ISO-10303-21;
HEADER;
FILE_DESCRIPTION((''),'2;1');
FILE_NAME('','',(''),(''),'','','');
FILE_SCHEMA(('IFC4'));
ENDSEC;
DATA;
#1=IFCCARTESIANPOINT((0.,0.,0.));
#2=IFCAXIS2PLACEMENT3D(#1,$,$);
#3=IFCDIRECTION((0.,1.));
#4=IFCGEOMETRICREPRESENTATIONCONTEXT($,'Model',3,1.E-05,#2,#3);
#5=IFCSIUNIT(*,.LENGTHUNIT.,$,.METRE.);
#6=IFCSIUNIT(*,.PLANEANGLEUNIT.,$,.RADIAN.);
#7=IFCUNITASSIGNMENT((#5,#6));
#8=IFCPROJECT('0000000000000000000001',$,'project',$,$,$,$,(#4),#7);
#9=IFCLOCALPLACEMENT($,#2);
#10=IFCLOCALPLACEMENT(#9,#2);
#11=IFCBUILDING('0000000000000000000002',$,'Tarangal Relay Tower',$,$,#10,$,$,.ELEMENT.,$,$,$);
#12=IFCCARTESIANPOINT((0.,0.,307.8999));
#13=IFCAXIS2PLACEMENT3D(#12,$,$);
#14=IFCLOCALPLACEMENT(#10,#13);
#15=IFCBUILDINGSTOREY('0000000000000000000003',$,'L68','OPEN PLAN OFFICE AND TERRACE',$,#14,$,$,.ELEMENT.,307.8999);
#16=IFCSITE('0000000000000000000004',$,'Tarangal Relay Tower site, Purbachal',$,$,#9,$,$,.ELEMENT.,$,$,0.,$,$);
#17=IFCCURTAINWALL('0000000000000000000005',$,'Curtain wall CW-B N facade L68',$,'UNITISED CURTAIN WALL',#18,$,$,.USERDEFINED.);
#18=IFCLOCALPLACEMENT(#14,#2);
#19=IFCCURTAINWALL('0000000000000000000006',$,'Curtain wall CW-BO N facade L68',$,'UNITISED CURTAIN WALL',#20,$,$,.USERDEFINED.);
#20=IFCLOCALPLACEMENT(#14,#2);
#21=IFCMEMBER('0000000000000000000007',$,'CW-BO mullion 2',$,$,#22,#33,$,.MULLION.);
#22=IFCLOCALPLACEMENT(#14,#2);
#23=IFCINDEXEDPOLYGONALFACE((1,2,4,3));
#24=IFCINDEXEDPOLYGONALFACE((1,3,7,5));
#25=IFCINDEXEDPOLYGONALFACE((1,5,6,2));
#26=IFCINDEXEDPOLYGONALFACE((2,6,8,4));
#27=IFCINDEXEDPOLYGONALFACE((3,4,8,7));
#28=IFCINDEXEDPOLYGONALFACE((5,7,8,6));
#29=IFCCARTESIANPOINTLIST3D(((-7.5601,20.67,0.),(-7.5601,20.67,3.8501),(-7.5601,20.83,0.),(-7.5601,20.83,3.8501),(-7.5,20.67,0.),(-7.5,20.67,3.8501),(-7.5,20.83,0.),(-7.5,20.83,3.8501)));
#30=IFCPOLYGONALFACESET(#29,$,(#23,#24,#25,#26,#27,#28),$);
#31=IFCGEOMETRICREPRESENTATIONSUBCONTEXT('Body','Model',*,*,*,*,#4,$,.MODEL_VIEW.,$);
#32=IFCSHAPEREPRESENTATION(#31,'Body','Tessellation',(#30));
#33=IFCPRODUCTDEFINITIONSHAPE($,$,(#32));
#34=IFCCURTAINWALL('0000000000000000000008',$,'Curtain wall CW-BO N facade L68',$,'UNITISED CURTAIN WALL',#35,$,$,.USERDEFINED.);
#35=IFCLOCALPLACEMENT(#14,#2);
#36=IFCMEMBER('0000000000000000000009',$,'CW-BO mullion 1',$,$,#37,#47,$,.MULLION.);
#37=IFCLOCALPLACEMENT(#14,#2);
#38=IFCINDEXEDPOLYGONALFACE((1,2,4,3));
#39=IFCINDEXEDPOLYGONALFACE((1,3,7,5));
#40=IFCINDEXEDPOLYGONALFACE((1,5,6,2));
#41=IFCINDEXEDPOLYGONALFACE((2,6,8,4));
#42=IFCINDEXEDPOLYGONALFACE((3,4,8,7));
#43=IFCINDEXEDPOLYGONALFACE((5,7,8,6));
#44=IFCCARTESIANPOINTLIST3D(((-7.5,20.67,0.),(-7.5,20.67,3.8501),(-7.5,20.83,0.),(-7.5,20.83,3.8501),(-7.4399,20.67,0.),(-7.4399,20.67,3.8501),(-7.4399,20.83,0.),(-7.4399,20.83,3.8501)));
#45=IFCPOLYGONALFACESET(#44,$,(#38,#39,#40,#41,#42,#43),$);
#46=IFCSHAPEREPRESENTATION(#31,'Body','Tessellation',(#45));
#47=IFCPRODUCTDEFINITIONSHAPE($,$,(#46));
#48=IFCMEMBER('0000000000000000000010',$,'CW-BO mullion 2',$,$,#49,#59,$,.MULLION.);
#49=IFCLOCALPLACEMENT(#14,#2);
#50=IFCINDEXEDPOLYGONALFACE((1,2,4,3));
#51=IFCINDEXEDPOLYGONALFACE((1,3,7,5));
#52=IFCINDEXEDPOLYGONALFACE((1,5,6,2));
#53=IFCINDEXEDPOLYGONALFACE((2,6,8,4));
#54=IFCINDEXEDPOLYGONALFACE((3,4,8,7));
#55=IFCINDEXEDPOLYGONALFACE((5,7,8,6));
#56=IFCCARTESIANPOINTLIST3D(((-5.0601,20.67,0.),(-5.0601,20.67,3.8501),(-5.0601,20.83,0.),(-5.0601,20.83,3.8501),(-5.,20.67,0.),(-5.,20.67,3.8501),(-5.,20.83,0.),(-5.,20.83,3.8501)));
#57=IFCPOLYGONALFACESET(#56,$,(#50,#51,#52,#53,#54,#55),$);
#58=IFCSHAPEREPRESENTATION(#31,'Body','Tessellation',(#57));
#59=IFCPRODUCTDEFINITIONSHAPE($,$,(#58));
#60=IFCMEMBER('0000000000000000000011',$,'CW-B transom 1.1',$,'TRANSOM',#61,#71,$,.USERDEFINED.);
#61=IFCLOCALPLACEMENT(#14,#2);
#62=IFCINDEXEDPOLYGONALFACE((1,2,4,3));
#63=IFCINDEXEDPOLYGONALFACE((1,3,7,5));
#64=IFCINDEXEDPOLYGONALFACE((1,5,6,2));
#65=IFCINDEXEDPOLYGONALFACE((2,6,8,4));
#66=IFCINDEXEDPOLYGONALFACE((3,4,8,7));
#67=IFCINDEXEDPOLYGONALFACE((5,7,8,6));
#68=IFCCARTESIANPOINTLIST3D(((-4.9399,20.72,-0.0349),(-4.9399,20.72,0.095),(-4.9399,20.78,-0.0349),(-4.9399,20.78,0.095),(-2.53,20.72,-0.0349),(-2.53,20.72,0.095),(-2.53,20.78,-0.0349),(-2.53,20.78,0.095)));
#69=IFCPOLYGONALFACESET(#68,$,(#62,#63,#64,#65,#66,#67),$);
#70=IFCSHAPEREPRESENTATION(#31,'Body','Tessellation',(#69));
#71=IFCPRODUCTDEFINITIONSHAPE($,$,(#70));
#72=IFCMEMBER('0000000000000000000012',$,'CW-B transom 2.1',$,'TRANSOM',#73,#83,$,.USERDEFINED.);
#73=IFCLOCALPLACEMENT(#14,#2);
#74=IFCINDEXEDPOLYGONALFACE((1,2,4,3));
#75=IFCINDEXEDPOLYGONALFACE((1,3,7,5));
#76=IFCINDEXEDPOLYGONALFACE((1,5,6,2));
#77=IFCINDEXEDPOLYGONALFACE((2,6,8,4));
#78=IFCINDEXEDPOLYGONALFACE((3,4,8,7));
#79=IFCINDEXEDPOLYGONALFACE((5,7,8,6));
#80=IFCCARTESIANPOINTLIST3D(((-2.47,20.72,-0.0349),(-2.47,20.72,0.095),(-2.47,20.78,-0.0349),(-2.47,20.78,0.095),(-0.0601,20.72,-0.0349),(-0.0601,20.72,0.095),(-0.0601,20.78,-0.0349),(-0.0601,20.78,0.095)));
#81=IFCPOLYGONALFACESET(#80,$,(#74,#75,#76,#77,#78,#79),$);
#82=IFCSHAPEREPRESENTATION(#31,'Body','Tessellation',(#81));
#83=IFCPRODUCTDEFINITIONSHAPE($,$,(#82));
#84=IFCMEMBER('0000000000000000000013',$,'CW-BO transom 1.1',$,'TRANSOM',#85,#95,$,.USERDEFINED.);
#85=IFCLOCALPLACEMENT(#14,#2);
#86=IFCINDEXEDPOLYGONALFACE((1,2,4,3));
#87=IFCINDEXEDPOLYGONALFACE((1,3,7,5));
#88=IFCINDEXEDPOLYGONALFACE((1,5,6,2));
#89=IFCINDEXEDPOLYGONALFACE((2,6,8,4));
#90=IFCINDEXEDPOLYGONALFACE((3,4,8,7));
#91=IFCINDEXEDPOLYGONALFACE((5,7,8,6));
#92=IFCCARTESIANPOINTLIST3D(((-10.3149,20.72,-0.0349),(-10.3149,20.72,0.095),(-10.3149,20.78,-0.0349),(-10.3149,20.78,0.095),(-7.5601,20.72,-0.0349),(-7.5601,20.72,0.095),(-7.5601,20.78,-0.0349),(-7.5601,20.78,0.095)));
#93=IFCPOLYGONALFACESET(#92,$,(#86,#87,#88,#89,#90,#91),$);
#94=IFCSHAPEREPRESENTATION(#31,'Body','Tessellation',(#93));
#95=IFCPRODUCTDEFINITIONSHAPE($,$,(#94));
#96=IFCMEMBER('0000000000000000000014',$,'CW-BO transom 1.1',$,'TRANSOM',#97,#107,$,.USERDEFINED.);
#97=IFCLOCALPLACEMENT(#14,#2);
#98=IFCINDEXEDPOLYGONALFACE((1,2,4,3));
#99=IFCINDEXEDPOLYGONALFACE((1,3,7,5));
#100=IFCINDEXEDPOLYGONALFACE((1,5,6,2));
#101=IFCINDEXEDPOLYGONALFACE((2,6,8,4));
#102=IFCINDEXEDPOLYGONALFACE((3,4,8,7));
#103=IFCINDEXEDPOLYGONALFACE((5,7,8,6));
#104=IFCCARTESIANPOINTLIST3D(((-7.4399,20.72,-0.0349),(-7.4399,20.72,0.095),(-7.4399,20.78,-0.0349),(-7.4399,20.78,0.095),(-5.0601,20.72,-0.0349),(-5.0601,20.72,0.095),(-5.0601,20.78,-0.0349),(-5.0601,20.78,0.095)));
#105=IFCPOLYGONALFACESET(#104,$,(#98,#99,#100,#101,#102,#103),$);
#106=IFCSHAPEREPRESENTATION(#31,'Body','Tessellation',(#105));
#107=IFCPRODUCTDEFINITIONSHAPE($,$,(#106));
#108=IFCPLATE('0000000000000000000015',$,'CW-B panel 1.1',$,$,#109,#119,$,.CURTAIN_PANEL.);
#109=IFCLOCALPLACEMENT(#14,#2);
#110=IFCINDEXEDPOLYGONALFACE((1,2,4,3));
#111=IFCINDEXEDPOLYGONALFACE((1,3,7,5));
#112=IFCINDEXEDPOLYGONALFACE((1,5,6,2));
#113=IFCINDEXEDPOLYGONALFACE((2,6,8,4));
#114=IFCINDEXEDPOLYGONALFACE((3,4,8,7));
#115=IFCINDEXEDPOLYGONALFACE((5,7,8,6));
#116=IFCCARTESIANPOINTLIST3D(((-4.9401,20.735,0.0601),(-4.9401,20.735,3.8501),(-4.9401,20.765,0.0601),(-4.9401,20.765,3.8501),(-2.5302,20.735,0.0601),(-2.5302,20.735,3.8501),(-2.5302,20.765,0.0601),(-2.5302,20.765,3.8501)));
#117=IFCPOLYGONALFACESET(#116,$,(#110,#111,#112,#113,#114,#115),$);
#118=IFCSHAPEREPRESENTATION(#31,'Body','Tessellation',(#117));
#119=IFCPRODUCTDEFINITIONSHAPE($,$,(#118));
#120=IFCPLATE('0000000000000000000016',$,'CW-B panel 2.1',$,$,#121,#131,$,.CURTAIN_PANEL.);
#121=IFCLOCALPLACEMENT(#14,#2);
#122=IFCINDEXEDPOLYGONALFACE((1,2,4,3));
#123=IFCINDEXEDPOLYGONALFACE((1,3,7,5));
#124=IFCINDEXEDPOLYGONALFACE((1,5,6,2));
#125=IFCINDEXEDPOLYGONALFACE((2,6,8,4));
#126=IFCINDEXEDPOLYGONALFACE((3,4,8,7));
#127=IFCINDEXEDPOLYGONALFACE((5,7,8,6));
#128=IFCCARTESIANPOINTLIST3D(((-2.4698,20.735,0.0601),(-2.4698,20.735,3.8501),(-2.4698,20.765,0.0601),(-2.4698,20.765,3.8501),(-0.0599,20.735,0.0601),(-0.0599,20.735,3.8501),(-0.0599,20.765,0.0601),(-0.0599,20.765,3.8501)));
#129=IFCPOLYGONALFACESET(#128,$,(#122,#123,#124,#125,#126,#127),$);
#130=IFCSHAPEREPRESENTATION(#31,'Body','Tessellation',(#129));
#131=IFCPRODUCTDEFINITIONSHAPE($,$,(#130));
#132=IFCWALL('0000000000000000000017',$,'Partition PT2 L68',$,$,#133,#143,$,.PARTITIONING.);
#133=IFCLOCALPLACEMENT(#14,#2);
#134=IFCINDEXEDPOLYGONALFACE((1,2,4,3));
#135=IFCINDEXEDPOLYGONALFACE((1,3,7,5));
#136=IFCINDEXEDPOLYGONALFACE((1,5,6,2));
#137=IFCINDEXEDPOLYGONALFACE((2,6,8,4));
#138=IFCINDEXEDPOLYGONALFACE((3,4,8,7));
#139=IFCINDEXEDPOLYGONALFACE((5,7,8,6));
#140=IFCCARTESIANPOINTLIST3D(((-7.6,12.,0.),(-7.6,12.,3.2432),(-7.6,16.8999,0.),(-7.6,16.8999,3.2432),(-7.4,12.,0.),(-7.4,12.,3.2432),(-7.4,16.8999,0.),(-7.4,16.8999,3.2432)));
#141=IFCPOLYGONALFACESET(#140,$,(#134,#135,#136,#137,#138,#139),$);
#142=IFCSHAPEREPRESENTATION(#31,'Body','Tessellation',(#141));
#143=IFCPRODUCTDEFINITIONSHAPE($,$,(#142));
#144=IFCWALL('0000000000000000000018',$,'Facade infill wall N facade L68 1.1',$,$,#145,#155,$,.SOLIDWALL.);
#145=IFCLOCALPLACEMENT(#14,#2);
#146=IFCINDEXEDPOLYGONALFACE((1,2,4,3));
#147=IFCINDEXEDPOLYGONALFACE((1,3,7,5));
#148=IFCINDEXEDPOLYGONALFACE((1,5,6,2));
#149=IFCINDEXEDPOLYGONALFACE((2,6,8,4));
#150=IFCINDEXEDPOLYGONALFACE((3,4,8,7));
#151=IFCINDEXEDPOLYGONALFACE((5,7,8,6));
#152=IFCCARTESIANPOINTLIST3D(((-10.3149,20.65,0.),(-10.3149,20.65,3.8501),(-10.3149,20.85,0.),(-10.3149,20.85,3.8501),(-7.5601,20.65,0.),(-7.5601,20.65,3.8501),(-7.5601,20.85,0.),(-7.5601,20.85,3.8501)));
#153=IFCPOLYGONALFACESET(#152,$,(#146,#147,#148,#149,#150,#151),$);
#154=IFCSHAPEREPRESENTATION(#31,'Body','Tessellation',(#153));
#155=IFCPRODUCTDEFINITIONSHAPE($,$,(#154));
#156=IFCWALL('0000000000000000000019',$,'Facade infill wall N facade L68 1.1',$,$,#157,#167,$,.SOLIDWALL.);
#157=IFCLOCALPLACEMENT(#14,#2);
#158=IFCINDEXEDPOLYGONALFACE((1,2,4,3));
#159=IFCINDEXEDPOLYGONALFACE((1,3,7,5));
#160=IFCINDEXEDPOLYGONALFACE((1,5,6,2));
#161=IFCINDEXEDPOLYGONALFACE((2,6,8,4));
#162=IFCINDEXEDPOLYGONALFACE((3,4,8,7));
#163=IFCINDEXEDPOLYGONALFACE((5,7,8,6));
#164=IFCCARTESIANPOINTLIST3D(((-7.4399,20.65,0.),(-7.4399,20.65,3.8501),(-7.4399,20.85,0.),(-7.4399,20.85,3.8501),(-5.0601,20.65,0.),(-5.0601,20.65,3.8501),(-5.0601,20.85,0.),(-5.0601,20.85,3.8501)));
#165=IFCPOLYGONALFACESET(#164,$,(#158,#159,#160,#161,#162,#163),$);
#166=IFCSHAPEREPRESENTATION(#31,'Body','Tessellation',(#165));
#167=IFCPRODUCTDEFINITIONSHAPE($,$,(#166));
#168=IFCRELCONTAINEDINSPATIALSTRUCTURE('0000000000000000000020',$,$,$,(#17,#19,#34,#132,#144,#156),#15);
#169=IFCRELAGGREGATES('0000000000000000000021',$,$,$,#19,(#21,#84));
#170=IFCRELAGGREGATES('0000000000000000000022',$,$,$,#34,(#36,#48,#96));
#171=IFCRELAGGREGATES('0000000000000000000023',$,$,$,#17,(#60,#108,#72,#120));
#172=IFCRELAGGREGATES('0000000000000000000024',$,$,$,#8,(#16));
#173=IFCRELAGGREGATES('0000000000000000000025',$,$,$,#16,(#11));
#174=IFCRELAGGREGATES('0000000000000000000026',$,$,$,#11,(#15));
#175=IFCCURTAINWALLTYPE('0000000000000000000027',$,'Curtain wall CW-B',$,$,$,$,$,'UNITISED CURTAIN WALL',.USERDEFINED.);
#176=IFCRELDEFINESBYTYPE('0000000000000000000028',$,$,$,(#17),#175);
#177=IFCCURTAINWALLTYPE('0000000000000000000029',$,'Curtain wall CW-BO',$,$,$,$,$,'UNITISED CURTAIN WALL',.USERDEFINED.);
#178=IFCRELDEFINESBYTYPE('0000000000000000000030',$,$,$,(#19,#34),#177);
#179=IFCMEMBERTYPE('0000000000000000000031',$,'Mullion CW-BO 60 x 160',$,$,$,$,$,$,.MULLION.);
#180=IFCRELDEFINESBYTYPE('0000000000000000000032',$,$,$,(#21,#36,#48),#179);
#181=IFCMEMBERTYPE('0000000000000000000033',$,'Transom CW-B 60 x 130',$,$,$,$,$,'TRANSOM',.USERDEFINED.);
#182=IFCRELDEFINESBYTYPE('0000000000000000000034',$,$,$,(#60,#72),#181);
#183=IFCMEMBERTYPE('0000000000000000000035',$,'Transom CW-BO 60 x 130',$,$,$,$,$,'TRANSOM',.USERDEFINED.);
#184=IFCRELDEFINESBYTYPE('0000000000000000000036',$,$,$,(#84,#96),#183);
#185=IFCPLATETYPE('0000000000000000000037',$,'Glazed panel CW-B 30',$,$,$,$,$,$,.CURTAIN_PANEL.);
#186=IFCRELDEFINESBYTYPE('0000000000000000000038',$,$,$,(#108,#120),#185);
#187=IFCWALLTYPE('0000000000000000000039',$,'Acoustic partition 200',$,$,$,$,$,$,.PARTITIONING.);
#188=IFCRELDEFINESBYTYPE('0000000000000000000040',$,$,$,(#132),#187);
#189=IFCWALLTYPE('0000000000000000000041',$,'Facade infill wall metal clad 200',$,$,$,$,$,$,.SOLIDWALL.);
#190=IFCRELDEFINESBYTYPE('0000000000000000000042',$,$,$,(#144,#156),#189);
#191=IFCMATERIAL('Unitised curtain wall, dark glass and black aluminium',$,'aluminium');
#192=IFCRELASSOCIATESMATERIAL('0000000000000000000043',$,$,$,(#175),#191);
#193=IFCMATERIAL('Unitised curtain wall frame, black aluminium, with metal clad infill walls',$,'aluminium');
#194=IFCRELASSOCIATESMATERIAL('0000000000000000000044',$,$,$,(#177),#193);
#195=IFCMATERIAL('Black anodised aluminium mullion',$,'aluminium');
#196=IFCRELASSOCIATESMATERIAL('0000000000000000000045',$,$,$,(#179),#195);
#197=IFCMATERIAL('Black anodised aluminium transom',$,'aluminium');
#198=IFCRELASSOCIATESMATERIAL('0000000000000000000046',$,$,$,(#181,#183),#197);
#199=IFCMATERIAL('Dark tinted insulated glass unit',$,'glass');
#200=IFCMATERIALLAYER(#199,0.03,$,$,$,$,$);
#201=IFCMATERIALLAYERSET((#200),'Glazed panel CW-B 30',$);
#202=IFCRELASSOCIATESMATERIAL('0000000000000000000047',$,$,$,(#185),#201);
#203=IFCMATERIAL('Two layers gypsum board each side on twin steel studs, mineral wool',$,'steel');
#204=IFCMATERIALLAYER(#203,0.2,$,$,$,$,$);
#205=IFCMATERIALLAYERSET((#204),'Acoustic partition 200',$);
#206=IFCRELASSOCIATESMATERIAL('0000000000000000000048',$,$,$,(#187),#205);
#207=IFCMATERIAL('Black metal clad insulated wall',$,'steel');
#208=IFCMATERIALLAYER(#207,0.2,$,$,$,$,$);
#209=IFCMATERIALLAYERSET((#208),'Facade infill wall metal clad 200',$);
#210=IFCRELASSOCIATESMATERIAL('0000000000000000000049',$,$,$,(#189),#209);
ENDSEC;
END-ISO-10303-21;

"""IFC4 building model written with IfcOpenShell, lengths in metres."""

from ifc_helpers import new_model, si_unit, direction, frame, frame_2d, origin, origin_2d, place, context, subcontext, project, spatial, rectangle, extrude, material, layer, layer_set, material_profile, profile_set, type_object, element, aggregate, save


model = new_model("IFC4")

# Units and contexts
model_context = context("Model", 3, precision=1e-05, world=origin(), true_north=direction((0.0, 1.0)))
body_context = subcontext(model_context, "Body", "Model", "MODEL_VIEW")
ifc_project = project(units=[si_unit("LENGTHUNIT", "METRE"), si_unit("PLANEANGLEUNIT", "RADIAN")], contexts=[model_context])

# Site, building, storey
site_placement = place(None, origin())
site = spatial("IfcSite", under=ifc_project, at=site_placement, Name="Tarangal Relay Tower site, Purbachal", CompositionType="ELEMENT", RefElevation=0.0)
building_placement = place(site_placement, origin())
building = spatial("IfcBuilding", under=site, at=building_placement, Name="Tarangal Relay Tower", CompositionType="ELEMENT")
storey_placement = place(building_placement, frame((0.0, 0.0, 307.8999)))
storey = spatial("IfcBuildingStorey", under=building, at=storey_placement, Name="L68", Description="OPEN PLAN OFFICE AND TERRACE", CompositionType="ELEMENT", Elevation=307.8999)

# Curtain walls, members
ifc_material_1 = material(Name="Unitised curtain wall, dark glass and black aluminium", Category="aluminium")
curtain_wall_type_1 = type_object("IfcCurtainWallType", Name="Curtain wall CW-B", ElementType="UNITISED CURTAIN WALL", PredefinedType="USERDEFINED", material=ifc_material_1)
curtain_wall_1_placement = place(storey_placement, origin())
curtain_wall_1 = element("IfcCurtainWall", 1, at=curtain_wall_1_placement, inside=storey, type_object=curtain_wall_type_1, Name="Curtain wall CW-B N facade L68", ObjectType="UNITISED CURTAIN WALL", PredefinedType="USERDEFINED")
ifc_material_2 = material(Name="Black anodised aluminium mullion", Category="aluminium")
ifc_material_3 = material(Name="Unitised curtain wall frame, black aluminium, with metal clad infill walls", Category="aluminium")
curtain_wall_type_2 = type_object("IfcCurtainWallType", Name="Curtain wall CW-BO", ElementType="UNITISED CURTAIN WALL", PredefinedType="USERDEFINED", material=ifc_material_3)
curtain_wall_2_placement = place(storey_placement, origin())
curtain_wall_2 = element("IfcCurtainWall", 2, at=curtain_wall_2_placement, inside=storey, type_object=curtain_wall_type_2, Name="Curtain wall CW-BO N facade L68", ObjectType="UNITISED CURTAIN WALL", PredefinedType="USERDEFINED")
ifc_material_profile_1 = material_profile(ifc_material_2, rectangle(XDim=0.1599, YDim=0.0601, at=origin_2d()), Name="CW-BOM 60X160")
ifc_profile_set_1 = profile_set([ifc_material_profile_1], Name="Black anodised aluminium mullion")
member_type_1 = type_object("IfcMemberType", Name="Mullion CW-BO 60 x 160", PredefinedType="MULLION", material=ifc_profile_set_1)
member_1_placement = place(storey_placement, frame((-7.53, 20.75, 0.0), z_axis=(0.0, 0.0, 1.0), x_axis=(0.0, 1.0, 0.0)))
member_1 = element("IfcMember", 3, at=member_1_placement, type_object=member_type_1, Name="CW-BO mullion 2", PredefinedType="MULLION", context=body_context, shape_type="SweptSolid", body=[
    extrude(rectangle(XDim=0.1599, YDim=0.0601, at=origin_2d()), origin(), (0.0, 0.0, 1.0), 3.8501),
])
curtain_wall_3_placement = place(storey_placement, origin())
curtain_wall_3 = element("IfcCurtainWall", 4, at=curtain_wall_3_placement, inside=storey, type_object=curtain_wall_type_2, Name="Curtain wall CW-BO N facade L68", ObjectType="UNITISED CURTAIN WALL", PredefinedType="USERDEFINED")
member_2_placement = place(storey_placement, frame((-7.47, 20.75, 0.0), z_axis=(0.0, 0.0, 1.0), x_axis=(0.0, 1.0, 0.0)))
member_2 = element("IfcMember", 5, at=member_2_placement, type_object=member_type_1, Name="CW-BO mullion 1", PredefinedType="MULLION", context=body_context, shape_type="SweptSolid", body=[
    extrude(rectangle(XDim=0.1599, YDim=0.0601, at=origin_2d()), origin(), (0.0, 0.0, 1.0), 3.8501),
])
member_3_placement = place(storey_placement, frame((-5.03, 20.75, 0.0), z_axis=(0.0, 0.0, 1.0), x_axis=(0.0, 1.0, 0.0)))
member_3 = element("IfcMember", 6, at=member_3_placement, type_object=member_type_1, Name="CW-BO mullion 2", PredefinedType="MULLION", context=body_context, shape_type="SweptSolid", body=[
    extrude(rectangle(XDim=0.1599, YDim=0.0601, at=origin_2d()), origin(), (0.0, 0.0, 1.0), 3.8501),
])

# Members
ifc_material_4 = material(Name="Black anodised aluminium transom", Category="aluminium")
ifc_material_profile_2 = material_profile(ifc_material_4, rectangle(XDim=0.0601, YDim=0.1299, at=origin_2d()), Name="CW-BT 60X130")
ifc_profile_set_2 = profile_set([ifc_material_profile_2], Name="Black anodised aluminium transom")
member_type_2 = type_object("IfcMemberType", Name="Transom CW-B 60 x 130", ElementType="TRANSOM", PredefinedType="USERDEFINED", material=ifc_profile_set_2)
member_4_placement = place(storey_placement, frame((-4.9399, 20.75, 0.03), z_axis=(1.0, 0.0, 0.0), x_axis=(0.0, 1.0, 0.0)))
member_4 = element("IfcMember", 7, at=member_4_placement, type_object=member_type_2, Name="CW-B transom 1.1", ObjectType="TRANSOM", PredefinedType="USERDEFINED", context=body_context, shape_type="SweptSolid", body=[
    extrude(rectangle(XDim=0.0601, YDim=0.1299, at=origin_2d()), origin(), (0.0, 0.0, 1.0), 2.4099),
])
member_5_placement = place(storey_placement, frame((-2.47, 20.75, 0.03), z_axis=(1.0, 0.0, 0.0), x_axis=(0.0, 1.0, 0.0)))
member_5 = element("IfcMember", 8, at=member_5_placement, type_object=member_type_2, Name="CW-B transom 2.1", ObjectType="TRANSOM", PredefinedType="USERDEFINED", context=body_context, shape_type="SweptSolid", body=[
    extrude(rectangle(XDim=0.0601, YDim=0.1299, at=origin_2d()), origin(), (0.0, 0.0, 1.0), 2.4099),
])
ifc_material_profile_3 = material_profile(ifc_material_4, rectangle(XDim=0.0601, YDim=0.1299, at=origin_2d()), Name="CW-BOT 60X130")
ifc_profile_set_3 = profile_set([ifc_material_profile_3], Name="Black anodised aluminium transom")
member_type_3 = type_object("IfcMemberType", Name="Transom CW-BO 60 x 130", ElementType="TRANSOM", PredefinedType="USERDEFINED", material=ifc_profile_set_3)
member_6_placement = place(storey_placement, frame((-10.3149, 20.75, 0.03), z_axis=(1.0, 0.0, 0.0), x_axis=(0.0, 1.0, 0.0)))
member_6 = element("IfcMember", 9, at=member_6_placement, type_object=member_type_3, Name="CW-BO transom 1.1", ObjectType="TRANSOM", PredefinedType="USERDEFINED", context=body_context, shape_type="SweptSolid", body=[
    extrude(rectangle(XDim=0.0601, YDim=0.1299, at=origin_2d()), origin(), (0.0, 0.0, 1.0), 2.7549),
])
aggregate(curtain_wall_2, [member_1, member_6])
member_7_placement = place(storey_placement, frame((-7.4399, 20.75, 0.03), z_axis=(1.0, 0.0, 0.0), x_axis=(0.0, 1.0, 0.0)))
member_7 = element("IfcMember", 10, at=member_7_placement, type_object=member_type_3, Name="CW-BO transom 1.1", ObjectType="TRANSOM", PredefinedType="USERDEFINED", context=body_context, shape_type="SweptSolid", body=[
    extrude(rectangle(XDim=0.0601, YDim=0.1299, at=origin_2d()), origin(), (0.0, 0.0, 1.0), 2.3799),
])
aggregate(curtain_wall_3, [member_2, member_3, member_7])

# Plates
ifc_material_5 = material(Name="Dark tinted insulated glass unit", Category="glass")
ifc_layer_1 = layer(ifc_material_5, 0.03)
ifc_layer_set_1 = layer_set([ifc_layer_1], Name="Glazed panel CW-B 30")
plate_type = type_object("IfcPlateType", Name="Glazed panel CW-B 30", PredefinedType="CURTAIN_PANEL", material=ifc_layer_set_1)
plate_1_placement = place(storey_placement, frame((-3.7351, 20.75, 0.0601), z_axis=(0.0, 0.0, 1.0), x_axis=(1.0, 0.0, 0.0)))
plate_1 = element("IfcPlate", 11, at=plate_1_placement, type_object=plate_type, Name="CW-B panel 1.1", PredefinedType="CURTAIN_PANEL", context=body_context, shape_type="SweptSolid", body=[
    extrude(rectangle(XDim=2.4099, YDim=0.03, at=origin_2d()), origin(), (0.0, 0.0, 1.0), 3.79),
])
plate_2_placement = place(storey_placement, frame((-1.2649, 20.75, 0.0601), z_axis=(0.0, 0.0, 1.0), x_axis=(1.0, 0.0, 0.0)))
plate_2 = element("IfcPlate", 12, at=plate_2_placement, type_object=plate_type, Name="CW-B panel 2.1", PredefinedType="CURTAIN_PANEL", context=body_context, shape_type="SweptSolid", body=[
    extrude(rectangle(XDim=2.4099, YDim=0.03, at=origin_2d()), origin(), (0.0, 0.0, 1.0), 3.79),
])
aggregate(curtain_wall_1, [member_4, plate_1, member_5, plate_2])

# Walls
ifc_material_6 = material(Name="Two layers gypsum board each side on twin steel studs, mineral wool", Category="steel")
ifc_layer_2 = layer(ifc_material_6, 0.2)
ifc_layer_set_2 = layer_set([ifc_layer_2], Name="Acoustic partition 200")
wall_type_1 = type_object("IfcWallType", Name="Acoustic partition 200", PredefinedType="PARTITIONING", material=ifc_layer_set_2)
wall_1_placement = place(storey_placement, frame((-7.5, 12.0, 0.0), z_axis=(0.0, 0.0, 1.0), x_axis=(0.0, 1.0, 0.0)))
element("IfcWall", 13, at=wall_1_placement, inside=storey, type_object=wall_type_1, Name="Partition PT2 L68", PredefinedType="PARTITIONING", context=body_context, shape_type="SweptSolid", body=[
    extrude(rectangle(XDim=4.8999, YDim=0.2, at=frame_2d((2.45, 0.0))), origin(), (0.0, 0.0, 1.0), 3.2432),
])
ifc_material_7 = material(Name="Black metal clad insulated wall", Category="steel")
ifc_layer_3 = layer(ifc_material_7, 0.2)
ifc_layer_set_3 = layer_set([ifc_layer_3], Name="Facade infill wall metal clad 200")
wall_type_2 = type_object("IfcWallType", Name="Facade infill wall metal clad 200", PredefinedType="SOLIDWALL", material=ifc_layer_set_3)
wall_2_placement = place(storey_placement, frame((-10.3149, 20.75, 0.0), z_axis=(0.0, 0.0, 1.0), x_axis=(1.0, 0.0, 0.0)))
element("IfcWall", 14, at=wall_2_placement, inside=storey, type_object=wall_type_2, Name="Facade infill wall N facade L68 1.1", PredefinedType="SOLIDWALL", context=body_context, shape_type="SweptSolid", body=[
    extrude(rectangle(XDim=2.7549, YDim=0.2, at=frame_2d((1.3774, 0.0))), origin(), (0.0, 0.0, 1.0), 3.8501),
])
wall_3_placement = place(storey_placement, frame((-7.4399, 20.75, 0.0), z_axis=(0.0, 0.0, 1.0), x_axis=(1.0, 0.0, 0.0)))
element("IfcWall", 15, at=wall_3_placement, inside=storey, type_object=wall_type_2, Name="Facade infill wall N facade L68 1.1", PredefinedType="SOLIDWALL", context=body_context, shape_type="SweptSolid", body=[
    extrude(rectangle(XDim=2.3799, YDim=0.2, at=frame_2d((1.1899, 0.0))), origin(), (0.0, 0.0, 1.0), 3.8501),
])

save(model, "model.ifc")
